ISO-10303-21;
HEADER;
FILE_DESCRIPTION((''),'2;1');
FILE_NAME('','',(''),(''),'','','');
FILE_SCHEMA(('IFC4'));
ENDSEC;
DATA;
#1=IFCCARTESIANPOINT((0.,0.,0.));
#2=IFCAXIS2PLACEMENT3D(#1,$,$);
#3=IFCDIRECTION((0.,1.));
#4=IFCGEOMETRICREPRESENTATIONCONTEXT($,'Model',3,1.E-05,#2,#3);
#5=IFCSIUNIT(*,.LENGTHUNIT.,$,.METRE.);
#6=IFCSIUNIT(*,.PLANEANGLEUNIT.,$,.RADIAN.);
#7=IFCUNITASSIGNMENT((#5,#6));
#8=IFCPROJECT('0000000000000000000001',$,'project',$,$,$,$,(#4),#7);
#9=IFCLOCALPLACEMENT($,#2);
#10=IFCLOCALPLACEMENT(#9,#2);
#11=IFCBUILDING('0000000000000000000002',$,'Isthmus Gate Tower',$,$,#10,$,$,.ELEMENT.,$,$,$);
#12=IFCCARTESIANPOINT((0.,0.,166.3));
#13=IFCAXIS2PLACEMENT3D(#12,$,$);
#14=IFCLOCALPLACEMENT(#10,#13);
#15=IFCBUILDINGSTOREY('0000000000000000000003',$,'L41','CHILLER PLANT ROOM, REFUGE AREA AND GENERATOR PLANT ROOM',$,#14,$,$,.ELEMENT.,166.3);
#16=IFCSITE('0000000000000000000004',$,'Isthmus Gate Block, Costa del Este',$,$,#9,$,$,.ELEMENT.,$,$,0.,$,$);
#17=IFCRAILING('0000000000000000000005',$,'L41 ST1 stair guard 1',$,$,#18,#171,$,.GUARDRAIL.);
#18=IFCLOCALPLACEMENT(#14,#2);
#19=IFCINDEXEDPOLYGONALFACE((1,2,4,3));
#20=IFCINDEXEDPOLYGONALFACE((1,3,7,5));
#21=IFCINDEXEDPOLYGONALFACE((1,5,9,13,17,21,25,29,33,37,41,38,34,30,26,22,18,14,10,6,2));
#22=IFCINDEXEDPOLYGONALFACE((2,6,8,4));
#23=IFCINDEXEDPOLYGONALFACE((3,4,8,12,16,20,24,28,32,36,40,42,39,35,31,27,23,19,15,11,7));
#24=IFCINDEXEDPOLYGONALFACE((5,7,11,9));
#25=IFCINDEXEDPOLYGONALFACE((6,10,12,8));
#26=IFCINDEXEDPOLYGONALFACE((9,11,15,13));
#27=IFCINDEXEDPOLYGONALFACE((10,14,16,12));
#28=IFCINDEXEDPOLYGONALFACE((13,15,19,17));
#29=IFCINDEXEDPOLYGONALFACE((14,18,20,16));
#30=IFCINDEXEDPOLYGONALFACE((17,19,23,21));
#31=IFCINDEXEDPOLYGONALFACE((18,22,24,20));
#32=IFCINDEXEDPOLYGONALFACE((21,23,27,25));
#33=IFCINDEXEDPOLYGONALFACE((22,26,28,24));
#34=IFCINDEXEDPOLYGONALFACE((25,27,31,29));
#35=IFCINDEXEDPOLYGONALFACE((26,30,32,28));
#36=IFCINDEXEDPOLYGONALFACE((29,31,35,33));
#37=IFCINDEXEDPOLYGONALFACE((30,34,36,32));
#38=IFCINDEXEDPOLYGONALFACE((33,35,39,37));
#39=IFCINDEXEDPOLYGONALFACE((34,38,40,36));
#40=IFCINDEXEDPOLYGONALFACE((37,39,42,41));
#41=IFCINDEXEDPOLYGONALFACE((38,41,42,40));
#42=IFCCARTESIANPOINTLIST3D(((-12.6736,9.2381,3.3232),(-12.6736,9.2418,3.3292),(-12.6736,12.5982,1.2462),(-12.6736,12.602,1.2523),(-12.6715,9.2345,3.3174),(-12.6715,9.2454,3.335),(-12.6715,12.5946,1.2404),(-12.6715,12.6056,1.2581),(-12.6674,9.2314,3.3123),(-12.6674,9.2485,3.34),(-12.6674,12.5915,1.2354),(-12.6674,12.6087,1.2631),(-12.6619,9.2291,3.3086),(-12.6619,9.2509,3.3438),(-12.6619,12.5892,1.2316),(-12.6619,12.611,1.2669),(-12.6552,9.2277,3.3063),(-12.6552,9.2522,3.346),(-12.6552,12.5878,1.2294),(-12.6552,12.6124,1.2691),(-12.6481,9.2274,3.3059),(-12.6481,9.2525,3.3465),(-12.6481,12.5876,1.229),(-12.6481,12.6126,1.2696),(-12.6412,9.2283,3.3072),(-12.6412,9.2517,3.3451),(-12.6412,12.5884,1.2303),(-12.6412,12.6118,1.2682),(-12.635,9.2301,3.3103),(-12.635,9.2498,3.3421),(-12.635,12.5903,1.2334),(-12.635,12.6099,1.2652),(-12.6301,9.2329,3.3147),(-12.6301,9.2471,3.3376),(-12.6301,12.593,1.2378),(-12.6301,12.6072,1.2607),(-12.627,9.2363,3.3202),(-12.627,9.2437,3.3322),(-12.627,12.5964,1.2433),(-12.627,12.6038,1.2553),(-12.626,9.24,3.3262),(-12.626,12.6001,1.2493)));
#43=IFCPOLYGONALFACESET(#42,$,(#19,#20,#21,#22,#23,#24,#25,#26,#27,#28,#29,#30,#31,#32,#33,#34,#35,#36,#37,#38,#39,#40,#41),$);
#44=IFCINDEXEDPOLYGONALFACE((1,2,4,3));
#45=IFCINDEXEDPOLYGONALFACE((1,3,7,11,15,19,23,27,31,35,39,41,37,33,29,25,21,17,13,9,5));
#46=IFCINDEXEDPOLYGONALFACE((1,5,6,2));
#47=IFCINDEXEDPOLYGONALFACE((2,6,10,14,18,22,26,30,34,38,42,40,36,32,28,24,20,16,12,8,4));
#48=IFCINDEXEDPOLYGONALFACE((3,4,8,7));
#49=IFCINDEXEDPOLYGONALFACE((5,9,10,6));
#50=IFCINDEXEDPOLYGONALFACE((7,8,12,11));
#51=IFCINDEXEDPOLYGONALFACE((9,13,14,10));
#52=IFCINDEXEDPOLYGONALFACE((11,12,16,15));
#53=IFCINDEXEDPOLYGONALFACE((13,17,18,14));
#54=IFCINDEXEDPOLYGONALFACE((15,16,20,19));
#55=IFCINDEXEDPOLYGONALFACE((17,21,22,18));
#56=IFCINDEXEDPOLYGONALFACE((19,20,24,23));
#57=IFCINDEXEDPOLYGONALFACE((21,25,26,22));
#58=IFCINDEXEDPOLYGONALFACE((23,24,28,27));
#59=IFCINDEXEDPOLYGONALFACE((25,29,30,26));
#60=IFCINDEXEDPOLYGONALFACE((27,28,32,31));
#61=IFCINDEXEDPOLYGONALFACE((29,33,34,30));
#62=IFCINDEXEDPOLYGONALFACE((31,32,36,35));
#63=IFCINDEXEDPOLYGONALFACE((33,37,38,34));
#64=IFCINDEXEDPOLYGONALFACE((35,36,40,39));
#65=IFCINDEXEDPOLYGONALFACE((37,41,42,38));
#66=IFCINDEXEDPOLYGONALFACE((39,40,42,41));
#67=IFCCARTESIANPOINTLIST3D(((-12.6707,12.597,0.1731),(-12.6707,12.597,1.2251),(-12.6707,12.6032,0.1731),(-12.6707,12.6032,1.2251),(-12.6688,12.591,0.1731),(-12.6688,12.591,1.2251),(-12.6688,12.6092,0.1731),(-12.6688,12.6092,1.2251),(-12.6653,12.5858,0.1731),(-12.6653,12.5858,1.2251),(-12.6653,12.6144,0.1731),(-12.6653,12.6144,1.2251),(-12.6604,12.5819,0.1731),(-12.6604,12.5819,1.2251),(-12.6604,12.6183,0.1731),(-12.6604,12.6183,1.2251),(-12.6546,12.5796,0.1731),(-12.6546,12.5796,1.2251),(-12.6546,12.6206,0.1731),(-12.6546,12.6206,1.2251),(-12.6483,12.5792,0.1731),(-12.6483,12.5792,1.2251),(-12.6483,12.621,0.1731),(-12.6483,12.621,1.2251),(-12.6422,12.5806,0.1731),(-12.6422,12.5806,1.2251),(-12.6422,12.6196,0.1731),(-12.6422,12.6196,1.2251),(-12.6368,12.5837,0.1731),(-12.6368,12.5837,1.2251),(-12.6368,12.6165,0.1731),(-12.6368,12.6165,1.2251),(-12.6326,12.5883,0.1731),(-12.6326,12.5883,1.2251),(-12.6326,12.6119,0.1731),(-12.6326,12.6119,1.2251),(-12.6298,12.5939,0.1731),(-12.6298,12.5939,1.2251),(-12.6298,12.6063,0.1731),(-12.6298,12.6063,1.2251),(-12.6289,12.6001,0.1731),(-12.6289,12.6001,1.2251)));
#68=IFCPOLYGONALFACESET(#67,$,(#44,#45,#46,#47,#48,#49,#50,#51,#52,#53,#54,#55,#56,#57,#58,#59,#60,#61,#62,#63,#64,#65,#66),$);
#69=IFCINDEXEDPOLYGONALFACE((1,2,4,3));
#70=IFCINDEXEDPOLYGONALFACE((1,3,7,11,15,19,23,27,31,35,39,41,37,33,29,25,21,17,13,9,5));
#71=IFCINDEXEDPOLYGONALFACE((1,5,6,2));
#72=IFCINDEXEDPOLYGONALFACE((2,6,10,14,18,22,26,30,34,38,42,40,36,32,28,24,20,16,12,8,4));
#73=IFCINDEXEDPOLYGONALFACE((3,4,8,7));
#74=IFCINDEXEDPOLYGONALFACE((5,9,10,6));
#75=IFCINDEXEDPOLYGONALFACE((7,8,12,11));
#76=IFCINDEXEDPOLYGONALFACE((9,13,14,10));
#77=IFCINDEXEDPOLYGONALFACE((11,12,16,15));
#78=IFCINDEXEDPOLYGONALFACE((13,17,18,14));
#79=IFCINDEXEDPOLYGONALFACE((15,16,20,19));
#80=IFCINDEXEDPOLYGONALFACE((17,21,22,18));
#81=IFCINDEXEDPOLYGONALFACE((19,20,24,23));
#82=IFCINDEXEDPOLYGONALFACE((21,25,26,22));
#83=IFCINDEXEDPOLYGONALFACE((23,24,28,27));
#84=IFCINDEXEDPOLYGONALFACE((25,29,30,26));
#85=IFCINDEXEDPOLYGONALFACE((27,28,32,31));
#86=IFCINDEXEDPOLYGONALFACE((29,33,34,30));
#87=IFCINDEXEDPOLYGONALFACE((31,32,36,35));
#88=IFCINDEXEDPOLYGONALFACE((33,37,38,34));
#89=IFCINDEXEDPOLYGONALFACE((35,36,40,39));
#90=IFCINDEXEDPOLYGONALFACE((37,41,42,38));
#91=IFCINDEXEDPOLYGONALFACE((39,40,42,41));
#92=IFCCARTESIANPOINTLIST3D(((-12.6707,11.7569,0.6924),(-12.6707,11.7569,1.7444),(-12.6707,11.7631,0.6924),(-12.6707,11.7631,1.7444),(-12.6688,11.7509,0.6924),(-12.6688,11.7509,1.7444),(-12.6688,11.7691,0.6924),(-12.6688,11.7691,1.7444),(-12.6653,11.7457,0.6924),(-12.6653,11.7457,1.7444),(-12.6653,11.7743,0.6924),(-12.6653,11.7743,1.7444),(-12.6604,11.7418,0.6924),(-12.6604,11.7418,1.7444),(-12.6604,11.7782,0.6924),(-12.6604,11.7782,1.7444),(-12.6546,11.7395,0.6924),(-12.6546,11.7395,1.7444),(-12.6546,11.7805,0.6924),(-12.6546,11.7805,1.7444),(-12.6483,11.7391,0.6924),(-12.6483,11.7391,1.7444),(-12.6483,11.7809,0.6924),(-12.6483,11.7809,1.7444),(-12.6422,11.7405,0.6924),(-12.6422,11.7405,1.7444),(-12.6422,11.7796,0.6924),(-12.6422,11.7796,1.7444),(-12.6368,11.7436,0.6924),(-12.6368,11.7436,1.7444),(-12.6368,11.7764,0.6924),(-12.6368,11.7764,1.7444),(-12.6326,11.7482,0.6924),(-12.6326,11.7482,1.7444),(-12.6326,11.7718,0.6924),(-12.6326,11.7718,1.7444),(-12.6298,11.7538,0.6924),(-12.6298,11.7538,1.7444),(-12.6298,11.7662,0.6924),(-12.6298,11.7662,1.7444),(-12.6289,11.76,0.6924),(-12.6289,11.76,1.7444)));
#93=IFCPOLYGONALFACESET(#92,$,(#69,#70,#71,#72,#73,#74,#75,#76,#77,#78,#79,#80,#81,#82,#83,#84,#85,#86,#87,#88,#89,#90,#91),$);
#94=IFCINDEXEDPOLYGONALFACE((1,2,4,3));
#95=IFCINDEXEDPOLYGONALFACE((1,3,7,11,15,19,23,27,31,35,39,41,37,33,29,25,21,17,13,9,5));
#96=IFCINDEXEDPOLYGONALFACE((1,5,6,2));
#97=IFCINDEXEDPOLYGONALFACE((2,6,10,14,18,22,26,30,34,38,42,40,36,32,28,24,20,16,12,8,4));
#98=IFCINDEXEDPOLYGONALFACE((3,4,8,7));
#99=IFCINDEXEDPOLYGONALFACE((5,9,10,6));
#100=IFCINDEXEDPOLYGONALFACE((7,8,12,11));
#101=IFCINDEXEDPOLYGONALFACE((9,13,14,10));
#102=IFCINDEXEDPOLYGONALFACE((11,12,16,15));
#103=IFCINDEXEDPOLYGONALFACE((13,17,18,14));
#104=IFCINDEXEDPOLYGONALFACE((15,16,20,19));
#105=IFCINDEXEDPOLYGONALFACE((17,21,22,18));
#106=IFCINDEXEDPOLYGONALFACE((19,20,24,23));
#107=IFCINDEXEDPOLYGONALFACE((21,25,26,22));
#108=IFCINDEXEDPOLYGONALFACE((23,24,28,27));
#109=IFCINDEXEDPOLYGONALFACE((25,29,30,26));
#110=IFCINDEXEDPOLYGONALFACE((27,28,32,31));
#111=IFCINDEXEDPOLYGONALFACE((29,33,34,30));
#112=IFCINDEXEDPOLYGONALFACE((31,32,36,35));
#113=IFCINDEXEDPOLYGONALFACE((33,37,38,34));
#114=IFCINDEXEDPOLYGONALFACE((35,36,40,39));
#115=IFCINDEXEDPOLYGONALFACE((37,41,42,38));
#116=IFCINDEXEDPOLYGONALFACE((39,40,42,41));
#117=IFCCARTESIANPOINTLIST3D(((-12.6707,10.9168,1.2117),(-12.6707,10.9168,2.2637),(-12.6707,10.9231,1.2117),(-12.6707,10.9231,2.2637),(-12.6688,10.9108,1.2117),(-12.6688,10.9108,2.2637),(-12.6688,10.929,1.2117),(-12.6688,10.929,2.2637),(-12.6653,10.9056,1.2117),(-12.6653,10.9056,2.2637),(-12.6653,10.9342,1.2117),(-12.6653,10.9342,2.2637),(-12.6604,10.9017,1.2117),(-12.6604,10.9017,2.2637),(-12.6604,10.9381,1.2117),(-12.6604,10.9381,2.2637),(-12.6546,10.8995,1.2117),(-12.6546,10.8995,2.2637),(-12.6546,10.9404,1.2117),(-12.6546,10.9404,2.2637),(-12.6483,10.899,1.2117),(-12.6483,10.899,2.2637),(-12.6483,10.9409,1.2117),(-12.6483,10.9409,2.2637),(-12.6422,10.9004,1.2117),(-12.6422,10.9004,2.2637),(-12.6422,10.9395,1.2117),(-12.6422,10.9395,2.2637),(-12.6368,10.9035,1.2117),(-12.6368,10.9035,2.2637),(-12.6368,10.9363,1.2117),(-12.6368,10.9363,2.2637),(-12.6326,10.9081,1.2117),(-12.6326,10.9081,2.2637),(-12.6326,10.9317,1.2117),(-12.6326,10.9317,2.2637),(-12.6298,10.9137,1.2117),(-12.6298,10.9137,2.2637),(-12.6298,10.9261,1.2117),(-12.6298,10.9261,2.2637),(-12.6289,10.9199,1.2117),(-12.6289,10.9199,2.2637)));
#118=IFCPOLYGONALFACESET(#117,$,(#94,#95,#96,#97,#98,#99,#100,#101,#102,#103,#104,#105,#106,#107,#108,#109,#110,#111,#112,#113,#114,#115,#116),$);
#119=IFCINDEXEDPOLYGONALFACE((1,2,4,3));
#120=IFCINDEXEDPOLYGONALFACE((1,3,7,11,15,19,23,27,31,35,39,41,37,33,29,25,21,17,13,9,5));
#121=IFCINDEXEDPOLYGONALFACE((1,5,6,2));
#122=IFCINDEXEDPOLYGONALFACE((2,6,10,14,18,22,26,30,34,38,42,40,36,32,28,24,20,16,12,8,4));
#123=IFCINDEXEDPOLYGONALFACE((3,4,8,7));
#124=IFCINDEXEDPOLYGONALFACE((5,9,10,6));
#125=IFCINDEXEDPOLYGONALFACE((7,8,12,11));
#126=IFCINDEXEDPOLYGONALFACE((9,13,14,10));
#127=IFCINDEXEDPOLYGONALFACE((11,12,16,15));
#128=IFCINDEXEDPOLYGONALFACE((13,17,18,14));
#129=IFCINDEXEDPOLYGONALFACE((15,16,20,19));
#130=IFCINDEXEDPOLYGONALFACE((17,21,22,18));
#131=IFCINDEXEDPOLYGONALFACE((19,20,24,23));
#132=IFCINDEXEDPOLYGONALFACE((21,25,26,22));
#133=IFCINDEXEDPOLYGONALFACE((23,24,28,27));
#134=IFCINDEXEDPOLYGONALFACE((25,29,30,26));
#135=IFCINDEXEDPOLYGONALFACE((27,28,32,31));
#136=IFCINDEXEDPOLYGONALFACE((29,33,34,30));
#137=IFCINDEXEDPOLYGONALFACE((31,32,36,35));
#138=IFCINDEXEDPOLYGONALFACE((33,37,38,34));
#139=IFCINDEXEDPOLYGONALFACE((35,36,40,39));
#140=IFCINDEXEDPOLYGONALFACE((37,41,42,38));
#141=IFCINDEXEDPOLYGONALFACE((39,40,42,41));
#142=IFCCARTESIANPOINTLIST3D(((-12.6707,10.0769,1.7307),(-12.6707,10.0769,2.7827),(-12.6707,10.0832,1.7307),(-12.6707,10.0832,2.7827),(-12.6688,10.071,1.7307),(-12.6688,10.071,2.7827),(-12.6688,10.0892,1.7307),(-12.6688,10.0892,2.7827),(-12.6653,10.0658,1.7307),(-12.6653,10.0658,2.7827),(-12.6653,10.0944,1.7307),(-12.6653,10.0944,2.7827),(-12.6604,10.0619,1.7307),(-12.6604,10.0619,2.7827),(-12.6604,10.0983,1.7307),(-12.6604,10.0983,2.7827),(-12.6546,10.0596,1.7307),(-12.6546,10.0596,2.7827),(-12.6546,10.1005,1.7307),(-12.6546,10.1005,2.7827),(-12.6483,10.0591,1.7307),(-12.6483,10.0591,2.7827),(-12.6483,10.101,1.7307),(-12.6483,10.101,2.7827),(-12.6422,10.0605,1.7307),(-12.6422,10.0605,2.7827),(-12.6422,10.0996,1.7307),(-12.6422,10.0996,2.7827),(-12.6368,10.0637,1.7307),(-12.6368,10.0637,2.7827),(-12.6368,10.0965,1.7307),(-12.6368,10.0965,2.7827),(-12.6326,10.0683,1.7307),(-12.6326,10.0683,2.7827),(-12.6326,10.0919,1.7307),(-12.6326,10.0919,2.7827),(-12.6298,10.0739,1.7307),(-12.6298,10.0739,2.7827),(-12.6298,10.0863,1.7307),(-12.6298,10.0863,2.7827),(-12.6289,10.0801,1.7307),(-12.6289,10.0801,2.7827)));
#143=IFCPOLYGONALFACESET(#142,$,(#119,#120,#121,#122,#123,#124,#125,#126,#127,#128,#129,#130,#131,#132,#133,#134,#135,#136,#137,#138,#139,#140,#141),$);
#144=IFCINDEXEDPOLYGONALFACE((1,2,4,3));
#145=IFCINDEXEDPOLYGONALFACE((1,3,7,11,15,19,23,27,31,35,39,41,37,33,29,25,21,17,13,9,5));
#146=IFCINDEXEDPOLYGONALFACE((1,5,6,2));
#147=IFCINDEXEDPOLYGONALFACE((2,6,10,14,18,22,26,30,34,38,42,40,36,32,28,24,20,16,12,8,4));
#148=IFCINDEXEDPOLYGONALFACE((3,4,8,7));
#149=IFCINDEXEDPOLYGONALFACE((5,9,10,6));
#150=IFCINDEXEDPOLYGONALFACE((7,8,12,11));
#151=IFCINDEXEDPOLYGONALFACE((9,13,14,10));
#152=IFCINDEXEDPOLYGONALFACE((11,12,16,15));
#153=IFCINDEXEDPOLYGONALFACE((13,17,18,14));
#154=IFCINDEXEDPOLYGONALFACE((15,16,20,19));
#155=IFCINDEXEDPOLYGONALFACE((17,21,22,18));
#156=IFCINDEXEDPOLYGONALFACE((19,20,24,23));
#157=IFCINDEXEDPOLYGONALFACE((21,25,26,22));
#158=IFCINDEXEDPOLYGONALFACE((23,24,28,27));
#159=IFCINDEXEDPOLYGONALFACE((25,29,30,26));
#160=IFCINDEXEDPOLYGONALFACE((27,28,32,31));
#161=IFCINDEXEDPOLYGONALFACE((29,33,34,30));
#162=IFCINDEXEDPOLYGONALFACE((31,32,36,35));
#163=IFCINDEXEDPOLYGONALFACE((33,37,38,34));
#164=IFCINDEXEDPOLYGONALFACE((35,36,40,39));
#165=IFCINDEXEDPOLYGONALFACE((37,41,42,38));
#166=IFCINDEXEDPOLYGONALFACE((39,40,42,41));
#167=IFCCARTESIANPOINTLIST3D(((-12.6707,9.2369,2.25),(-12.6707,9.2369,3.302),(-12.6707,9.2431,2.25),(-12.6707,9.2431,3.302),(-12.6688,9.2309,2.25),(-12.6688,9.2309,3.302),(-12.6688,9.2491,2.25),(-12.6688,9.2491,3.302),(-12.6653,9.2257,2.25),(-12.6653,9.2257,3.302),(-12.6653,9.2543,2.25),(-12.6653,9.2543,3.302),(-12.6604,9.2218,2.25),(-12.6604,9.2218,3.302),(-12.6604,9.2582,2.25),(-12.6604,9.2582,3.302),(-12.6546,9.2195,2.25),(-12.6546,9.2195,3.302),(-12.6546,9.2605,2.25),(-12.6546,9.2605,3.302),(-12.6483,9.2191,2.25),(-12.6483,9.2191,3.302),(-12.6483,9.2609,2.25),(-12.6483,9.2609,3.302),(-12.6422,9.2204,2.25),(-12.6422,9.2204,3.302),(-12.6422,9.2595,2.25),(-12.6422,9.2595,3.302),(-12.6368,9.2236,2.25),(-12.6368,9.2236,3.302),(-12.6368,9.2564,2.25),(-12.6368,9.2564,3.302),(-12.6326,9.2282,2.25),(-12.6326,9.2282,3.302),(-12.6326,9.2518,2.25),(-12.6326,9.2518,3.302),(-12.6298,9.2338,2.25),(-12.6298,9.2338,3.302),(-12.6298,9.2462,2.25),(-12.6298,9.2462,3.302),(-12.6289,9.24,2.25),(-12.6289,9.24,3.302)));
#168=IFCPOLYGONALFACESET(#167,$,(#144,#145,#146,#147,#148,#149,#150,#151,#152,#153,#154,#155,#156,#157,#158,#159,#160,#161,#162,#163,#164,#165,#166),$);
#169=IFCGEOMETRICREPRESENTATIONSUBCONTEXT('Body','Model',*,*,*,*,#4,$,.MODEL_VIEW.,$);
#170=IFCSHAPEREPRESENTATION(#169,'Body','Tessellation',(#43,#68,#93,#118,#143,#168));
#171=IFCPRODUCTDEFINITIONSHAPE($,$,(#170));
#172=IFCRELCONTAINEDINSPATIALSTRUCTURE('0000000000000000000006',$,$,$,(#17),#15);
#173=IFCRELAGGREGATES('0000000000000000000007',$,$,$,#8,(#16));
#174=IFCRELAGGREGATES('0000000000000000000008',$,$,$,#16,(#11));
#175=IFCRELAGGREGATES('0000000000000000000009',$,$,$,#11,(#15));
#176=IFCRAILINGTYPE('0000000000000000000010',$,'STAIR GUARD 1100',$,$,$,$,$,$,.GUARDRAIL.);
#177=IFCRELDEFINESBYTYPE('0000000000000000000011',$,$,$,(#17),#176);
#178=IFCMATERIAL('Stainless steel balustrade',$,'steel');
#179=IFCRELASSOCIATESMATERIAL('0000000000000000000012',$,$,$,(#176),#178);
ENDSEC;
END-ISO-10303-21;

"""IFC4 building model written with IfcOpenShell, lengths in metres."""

from ifc_helpers import new_model, si_unit, direction, frame, origin, origin_2d, place, context, subcontext, project, spatial, circle, extrude, material, type_object, element, save


model = new_model("IFC4")

# Units and contexts
model_context = context("Model", 3, precision=1e-05, world=origin(), true_north=direction((0.0, 1.0)))
body_context = subcontext(model_context, "Body", "Model", "MODEL_VIEW")
ifc_project = project(units=[si_unit("LENGTHUNIT", "METRE"), si_unit("PLANEANGLEUNIT", "RADIAN")], contexts=[model_context])

# Site, building, storey
site_placement = place(None, origin())
site = spatial("IfcSite", under=ifc_project, at=site_placement, Name="Isthmus Gate Block, Costa del Este", CompositionType="ELEMENT", RefElevation=0.0)
building_placement = place(site_placement, origin())
building = spatial("IfcBuilding", under=site, at=building_placement, Name="Isthmus Gate Tower", CompositionType="ELEMENT")
storey_placement = place(building_placement, frame((0.0, 0.0, 166.3)))
storey = spatial("IfcBuildingStorey", under=building, at=storey_placement, Name="L41", Description="CHILLER PLANT ROOM, REFUGE AREA AND GENERATOR PLANT ROOM", CompositionType="ELEMENT", Elevation=166.3)

# Railing
ifc_material_1 = material(Name="Stainless steel balustrade", Category="steel")
railing_type_1 = type_object("IfcRailingType", Name="STAIR GUARD 1100", PredefinedType="GUARDRAIL", material=ifc_material_1)
railing_1_placement = place(storey_placement, frame((-12.6499, 12.6001, 0.1731)))
element("IfcRailing", 1, at=railing_1_placement, inside=storey, type_object=railing_type_1, Name="L41 ST1 stair guard 1", PredefinedType="GUARDRAIL", context=body_context, shape_type="SweptSolid", body=[
    extrude(circle(Radius=0.0239, at=origin_2d()), frame((0.0, 0.0, 1.0762), z_axis=(0.0, -0.850623, 0.525776), x_axis=(1.0, 0.0, 0.0)), (0.0, 0.0, 1.0), 3.9502),
    extrude(circle(Radius=0.021, at=origin_2d()), origin(), (0.0, 0.0, 1.0), 1.052),
    extrude(circle(Radius=0.021, at=origin_2d()), frame((0.0, -0.8401, 0.5193)), (0.0, 0.0, 1.0), 1.052),
    extrude(circle(Radius=0.021, at=origin_2d()), frame((0.0, -1.6802, 1.0386)), (0.0, 0.0, 1.0), 1.052),
    extrude(circle(Radius=0.021, at=origin_2d()), frame((0.0, -2.52, 1.5576)), (0.0, 0.0, 1.0), 1.052),
    extrude(circle(Radius=0.021, at=origin_2d()), frame((0.0, -3.3601, 2.0769)), (0.0, 0.0, 1.0), 1.052),
])

save(model, "model.ifc")
